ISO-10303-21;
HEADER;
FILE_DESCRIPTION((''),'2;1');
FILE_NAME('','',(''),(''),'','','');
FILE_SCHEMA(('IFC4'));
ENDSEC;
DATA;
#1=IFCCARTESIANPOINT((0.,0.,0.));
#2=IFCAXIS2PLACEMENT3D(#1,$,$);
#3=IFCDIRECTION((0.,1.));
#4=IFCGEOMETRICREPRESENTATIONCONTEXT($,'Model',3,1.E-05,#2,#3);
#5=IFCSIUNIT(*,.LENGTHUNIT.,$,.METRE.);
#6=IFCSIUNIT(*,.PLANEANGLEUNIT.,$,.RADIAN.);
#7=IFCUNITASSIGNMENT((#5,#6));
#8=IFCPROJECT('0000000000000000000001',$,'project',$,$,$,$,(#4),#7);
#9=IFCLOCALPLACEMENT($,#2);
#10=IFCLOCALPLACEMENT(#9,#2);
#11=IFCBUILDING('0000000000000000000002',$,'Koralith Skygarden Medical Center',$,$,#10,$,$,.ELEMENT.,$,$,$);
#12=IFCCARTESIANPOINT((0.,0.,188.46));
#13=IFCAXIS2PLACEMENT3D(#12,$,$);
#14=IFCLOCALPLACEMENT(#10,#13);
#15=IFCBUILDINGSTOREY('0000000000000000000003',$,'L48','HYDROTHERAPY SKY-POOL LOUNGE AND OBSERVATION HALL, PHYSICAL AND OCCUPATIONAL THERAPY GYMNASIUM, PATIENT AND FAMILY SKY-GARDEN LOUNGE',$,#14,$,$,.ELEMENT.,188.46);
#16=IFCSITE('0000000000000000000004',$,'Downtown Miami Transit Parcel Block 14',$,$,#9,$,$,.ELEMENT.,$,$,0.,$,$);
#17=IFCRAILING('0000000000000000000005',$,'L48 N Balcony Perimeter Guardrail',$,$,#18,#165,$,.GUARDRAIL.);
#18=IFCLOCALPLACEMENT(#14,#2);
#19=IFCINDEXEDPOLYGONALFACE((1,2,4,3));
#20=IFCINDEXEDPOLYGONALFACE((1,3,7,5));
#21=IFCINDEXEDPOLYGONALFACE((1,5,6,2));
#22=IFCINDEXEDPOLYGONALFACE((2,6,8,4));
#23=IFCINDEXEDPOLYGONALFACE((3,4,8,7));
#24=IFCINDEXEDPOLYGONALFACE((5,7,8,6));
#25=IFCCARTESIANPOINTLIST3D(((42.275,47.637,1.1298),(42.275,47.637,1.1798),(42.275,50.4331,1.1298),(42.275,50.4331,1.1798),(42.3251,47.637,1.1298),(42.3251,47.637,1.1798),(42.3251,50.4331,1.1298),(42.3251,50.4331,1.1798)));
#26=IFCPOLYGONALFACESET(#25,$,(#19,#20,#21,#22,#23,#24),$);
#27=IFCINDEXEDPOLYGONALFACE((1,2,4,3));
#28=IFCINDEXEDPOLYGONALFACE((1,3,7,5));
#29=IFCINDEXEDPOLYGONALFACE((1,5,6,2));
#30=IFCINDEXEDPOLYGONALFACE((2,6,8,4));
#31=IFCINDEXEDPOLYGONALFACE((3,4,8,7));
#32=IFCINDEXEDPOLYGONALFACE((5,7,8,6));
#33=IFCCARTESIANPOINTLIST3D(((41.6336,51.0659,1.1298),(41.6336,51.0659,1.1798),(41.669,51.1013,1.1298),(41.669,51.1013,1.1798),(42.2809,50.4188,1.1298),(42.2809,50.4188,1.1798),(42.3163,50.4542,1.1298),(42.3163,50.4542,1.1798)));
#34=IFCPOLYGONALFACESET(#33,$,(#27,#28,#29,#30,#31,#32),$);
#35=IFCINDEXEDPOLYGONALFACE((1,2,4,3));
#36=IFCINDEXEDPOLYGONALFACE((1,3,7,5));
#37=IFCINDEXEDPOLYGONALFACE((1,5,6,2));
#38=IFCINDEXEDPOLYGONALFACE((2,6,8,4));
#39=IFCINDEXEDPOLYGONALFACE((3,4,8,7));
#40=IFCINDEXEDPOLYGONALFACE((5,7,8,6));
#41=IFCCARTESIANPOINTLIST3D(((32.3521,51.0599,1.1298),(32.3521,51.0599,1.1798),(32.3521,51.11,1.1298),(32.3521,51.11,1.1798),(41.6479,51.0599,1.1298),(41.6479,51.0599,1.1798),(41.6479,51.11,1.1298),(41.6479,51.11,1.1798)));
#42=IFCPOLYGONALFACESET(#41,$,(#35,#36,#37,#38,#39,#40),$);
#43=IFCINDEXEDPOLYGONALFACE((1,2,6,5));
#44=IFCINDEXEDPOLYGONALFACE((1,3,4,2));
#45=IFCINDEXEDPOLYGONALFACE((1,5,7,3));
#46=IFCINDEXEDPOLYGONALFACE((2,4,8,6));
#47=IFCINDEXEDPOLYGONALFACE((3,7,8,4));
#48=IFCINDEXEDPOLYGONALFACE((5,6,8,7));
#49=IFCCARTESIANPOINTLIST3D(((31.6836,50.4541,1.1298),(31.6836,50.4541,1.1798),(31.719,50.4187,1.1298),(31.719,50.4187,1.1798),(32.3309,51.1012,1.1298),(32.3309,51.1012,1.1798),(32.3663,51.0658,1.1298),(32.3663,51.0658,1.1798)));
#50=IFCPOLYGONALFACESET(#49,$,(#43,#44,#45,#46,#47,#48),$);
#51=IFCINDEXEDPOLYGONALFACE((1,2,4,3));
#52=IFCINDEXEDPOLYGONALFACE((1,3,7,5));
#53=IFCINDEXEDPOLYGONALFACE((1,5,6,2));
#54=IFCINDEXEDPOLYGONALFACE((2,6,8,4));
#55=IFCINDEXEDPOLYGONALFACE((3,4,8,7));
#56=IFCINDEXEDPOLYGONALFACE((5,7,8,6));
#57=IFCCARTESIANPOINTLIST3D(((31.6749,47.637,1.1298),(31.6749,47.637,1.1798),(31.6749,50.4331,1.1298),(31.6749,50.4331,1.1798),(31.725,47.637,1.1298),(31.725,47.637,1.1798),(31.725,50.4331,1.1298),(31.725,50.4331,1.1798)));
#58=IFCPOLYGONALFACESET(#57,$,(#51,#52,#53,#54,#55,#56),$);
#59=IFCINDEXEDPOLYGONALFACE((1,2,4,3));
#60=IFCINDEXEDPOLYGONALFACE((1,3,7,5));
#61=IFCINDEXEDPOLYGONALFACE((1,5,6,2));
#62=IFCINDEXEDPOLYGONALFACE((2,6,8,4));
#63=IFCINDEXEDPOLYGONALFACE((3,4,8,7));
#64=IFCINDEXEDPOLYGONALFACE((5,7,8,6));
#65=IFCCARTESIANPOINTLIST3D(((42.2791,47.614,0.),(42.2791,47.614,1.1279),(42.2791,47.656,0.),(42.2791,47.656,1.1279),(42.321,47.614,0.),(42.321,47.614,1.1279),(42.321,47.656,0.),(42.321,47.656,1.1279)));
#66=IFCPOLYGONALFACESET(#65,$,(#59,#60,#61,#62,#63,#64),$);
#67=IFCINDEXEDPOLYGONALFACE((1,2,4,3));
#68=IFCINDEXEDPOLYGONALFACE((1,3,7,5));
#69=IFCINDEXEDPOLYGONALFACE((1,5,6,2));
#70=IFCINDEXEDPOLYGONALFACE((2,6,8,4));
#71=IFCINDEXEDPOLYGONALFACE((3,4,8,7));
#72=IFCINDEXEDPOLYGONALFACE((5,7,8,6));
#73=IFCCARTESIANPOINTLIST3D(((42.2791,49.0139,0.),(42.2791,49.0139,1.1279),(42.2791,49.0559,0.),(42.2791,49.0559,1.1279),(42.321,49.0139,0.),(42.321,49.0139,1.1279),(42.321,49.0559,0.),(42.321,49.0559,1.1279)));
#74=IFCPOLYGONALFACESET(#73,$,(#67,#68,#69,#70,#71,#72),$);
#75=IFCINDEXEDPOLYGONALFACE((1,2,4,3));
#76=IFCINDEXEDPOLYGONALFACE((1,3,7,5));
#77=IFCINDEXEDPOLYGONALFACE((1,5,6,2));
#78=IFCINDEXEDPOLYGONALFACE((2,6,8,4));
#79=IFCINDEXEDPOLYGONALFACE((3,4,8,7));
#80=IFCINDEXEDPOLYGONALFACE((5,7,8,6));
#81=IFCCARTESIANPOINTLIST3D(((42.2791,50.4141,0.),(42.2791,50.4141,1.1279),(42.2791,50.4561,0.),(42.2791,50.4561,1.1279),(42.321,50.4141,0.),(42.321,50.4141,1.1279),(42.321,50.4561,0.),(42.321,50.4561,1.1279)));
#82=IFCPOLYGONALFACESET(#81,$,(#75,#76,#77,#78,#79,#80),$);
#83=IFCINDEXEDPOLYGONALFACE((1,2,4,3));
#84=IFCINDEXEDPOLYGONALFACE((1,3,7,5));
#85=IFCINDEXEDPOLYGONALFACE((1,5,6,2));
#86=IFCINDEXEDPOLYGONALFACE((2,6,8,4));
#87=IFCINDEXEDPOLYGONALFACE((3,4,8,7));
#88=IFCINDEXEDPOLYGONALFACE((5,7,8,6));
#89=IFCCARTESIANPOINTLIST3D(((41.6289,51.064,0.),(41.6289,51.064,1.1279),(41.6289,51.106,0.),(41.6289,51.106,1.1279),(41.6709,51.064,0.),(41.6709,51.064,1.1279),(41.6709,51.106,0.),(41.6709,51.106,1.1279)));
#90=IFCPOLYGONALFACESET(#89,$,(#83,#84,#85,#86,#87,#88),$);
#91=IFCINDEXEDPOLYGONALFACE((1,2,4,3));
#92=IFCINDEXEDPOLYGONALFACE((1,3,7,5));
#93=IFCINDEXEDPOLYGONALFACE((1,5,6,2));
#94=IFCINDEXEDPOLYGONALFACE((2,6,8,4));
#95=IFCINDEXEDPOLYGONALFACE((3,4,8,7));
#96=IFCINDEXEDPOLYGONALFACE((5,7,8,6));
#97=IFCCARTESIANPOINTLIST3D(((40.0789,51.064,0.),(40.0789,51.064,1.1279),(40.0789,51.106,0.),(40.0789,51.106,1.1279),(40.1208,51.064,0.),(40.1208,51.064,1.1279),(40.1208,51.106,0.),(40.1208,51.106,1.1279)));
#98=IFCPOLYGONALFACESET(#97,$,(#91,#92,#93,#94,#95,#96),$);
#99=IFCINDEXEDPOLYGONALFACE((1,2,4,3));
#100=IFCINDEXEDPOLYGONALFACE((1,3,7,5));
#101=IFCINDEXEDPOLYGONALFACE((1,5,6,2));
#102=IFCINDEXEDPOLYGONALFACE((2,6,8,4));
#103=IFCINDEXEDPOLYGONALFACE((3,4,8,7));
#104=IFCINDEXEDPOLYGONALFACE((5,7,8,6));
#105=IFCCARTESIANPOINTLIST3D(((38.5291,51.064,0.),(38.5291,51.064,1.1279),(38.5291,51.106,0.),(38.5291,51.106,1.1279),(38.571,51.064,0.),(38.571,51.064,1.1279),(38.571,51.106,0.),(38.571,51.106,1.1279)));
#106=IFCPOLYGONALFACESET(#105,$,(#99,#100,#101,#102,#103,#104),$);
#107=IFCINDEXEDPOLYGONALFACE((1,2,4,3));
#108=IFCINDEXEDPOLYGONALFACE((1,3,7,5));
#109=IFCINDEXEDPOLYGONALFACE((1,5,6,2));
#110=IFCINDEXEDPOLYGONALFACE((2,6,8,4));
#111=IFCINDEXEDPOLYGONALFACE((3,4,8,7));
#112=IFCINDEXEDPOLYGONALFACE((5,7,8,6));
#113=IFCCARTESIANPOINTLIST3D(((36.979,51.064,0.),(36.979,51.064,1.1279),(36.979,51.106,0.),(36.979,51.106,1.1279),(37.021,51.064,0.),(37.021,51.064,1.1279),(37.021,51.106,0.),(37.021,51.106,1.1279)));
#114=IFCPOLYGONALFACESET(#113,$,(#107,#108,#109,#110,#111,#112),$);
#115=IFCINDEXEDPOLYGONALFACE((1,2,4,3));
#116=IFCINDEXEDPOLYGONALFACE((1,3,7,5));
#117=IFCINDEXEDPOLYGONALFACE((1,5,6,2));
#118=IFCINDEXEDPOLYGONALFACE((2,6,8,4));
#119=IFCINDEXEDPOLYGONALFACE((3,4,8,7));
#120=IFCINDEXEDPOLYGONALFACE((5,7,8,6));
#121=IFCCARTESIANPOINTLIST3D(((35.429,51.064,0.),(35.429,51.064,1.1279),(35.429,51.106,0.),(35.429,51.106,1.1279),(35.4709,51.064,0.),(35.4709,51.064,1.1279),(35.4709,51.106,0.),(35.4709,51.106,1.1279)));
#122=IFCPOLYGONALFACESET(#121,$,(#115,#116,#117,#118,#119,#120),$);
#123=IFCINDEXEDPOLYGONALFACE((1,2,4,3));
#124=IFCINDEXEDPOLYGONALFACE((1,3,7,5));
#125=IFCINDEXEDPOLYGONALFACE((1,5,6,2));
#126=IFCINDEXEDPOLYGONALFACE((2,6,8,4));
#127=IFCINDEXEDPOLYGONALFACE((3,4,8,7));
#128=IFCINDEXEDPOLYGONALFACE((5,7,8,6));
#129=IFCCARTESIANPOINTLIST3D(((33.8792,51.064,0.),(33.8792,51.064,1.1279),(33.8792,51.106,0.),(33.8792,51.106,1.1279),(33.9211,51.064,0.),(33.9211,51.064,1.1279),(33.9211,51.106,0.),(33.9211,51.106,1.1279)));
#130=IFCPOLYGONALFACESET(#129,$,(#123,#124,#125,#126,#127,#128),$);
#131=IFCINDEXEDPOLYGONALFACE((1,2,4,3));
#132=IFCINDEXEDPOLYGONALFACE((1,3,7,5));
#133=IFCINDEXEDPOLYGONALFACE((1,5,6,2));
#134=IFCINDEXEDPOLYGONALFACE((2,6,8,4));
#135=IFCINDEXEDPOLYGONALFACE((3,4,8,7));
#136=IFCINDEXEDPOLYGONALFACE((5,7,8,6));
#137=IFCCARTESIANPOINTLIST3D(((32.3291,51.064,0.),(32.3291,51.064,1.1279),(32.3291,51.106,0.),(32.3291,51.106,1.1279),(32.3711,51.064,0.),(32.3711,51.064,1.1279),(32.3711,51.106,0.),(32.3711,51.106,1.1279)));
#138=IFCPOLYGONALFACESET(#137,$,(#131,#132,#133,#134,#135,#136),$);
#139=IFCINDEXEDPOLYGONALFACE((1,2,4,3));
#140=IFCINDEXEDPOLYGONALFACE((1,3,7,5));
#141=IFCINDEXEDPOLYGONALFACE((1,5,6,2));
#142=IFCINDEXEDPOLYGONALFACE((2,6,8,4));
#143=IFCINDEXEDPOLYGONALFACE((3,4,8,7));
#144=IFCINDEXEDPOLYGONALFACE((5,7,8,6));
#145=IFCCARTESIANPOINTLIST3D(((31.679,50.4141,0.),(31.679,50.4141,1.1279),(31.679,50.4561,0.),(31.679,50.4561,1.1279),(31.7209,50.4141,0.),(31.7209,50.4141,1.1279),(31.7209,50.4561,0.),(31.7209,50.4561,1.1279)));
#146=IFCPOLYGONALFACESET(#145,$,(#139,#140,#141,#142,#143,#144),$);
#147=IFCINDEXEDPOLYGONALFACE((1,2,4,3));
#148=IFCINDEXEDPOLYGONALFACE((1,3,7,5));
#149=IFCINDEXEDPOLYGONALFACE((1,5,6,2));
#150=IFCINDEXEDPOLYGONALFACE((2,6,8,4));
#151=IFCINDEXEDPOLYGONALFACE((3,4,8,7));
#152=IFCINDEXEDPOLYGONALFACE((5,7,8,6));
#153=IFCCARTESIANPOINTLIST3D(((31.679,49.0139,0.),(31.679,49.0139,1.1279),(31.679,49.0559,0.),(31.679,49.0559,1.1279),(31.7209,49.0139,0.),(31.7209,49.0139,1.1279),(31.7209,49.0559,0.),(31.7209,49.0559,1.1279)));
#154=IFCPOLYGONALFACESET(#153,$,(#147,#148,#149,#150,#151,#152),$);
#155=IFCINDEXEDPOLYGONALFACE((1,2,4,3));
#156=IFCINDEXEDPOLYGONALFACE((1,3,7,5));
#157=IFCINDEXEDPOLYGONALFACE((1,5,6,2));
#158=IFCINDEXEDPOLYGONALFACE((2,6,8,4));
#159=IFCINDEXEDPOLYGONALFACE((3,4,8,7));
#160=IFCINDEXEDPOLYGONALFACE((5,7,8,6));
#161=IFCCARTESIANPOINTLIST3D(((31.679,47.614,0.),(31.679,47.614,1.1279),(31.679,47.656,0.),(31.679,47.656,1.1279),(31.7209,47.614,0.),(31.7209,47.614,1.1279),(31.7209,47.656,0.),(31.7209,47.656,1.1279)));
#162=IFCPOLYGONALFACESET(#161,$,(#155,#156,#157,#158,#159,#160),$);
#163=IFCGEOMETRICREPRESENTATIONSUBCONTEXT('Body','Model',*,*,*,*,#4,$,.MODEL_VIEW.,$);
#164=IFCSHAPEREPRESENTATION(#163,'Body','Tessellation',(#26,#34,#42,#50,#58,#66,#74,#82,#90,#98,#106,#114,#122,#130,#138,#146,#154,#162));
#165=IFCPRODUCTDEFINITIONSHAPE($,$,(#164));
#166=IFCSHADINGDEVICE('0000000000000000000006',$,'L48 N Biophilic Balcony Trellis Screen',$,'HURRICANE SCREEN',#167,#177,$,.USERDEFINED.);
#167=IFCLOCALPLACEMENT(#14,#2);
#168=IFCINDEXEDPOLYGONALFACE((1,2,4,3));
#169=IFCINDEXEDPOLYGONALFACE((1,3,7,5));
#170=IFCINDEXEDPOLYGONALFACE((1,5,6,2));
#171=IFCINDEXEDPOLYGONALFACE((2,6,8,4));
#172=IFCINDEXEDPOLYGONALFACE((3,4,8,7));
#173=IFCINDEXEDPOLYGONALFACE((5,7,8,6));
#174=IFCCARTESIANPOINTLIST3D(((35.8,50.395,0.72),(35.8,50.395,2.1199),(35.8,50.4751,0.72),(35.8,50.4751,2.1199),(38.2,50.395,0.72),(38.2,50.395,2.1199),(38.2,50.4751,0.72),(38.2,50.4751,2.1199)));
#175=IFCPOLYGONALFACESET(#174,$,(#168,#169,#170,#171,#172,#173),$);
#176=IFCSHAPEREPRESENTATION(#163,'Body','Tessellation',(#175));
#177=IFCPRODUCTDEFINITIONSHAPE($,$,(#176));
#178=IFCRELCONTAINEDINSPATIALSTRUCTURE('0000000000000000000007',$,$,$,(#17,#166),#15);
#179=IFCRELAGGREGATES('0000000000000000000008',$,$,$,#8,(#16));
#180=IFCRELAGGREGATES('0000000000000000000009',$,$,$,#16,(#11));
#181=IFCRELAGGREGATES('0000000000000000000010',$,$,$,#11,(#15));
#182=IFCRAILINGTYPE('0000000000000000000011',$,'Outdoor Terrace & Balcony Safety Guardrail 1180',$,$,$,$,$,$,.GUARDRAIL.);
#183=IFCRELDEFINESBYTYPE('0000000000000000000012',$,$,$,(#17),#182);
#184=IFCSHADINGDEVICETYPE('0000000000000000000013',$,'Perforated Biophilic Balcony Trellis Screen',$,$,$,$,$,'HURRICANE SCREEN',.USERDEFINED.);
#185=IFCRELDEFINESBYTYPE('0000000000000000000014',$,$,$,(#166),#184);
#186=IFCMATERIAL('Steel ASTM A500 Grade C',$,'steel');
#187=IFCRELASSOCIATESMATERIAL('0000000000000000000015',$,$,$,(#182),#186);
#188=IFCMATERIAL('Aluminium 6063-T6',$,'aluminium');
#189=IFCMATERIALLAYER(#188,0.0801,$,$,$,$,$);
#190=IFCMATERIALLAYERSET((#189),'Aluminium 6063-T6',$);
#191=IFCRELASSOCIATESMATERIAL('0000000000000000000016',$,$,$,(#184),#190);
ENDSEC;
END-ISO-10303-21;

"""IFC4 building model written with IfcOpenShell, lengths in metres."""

from ifc_helpers import new_model, si_unit, direction, frame, origin, origin_2d, place, context, subcontext, project, spatial, rectangle, extrude, material, layer, layer_set, type_object, element, save


model = new_model("IFC4")

# Units and contexts
model_context = context("Model", 3, precision=1e-05, world=origin(), true_north=direction((0.0, 1.0)))
body_context = subcontext(model_context, "Body", "Model", "MODEL_VIEW")
ifc_project = project(units=[si_unit("LENGTHUNIT", "METRE"), si_unit("PLANEANGLEUNIT", "RADIAN")], contexts=[model_context])

# Site, building, storey
site_placement = place(None, origin())
site = spatial("IfcSite", under=ifc_project, at=site_placement, Name="Downtown Miami Transit Parcel Block 14", CompositionType="ELEMENT", RefElevation=0.0)
building_placement = place(site_placement, origin())
building = spatial("IfcBuilding", under=site, at=building_placement, Name="Koralith Skygarden Medical Center", CompositionType="ELEMENT")
storey_placement = place(building_placement, frame((0.0, 0.0, 188.46)))
storey = spatial("IfcBuildingStorey", under=building, at=storey_placement, Name="L48", Description="HYDROTHERAPY SKY-POOL LOUNGE AND OBSERVATION HALL, PHYSICAL AND OCCUPATIONAL THERAPY GYMNASIUM, PATIENT AND FAMILY SKY-GARDEN LOUNGE", CompositionType="ELEMENT", Elevation=188.46)

# Shared definitions
ifc_material_1 = material(Name="Aluminium 6063-T6", Category="aluminium")

# Shared definitions
ifc_material_2 = material(Name="Steel ASTM A500 Grade C", Category="steel")

# Railing
railing_type = type_object("IfcRailingType", Name="Outdoor Terrace & Balcony Safety Guardrail 1180", PredefinedType="GUARDRAIL", material=ifc_material_2)
railing_placement = place(storey_placement, frame((42.3, 47.635, 0.0)))
element("IfcRailing", 1, at=railing_placement, inside=storey, type_object=railing_type, Name="L48 N Balcony Perimeter Guardrail", PredefinedType="GUARDRAIL", context=body_context, shape_type="SweptSolid", body=[
    extrude(rectangle(XDim=0.05, YDim=0.05, at=origin_2d()), frame((0.0, 0.002, 1.1548), z_axis=(0.0, 1.0, 0.0), x_axis=(-1.0, 0.0, 0.0)), (0.0, 0.0, 1.0), 2.7961),
    extrude(rectangle(XDim=0.05, YDim=0.05, at=origin_2d()), frame((-0.0015, 2.8015, 1.1548), z_axis=(-0.70724, 0.706974, 0.0), x_axis=(-0.706974, -0.70724, 0.0)), (0.0, 0.0, 1.0), 0.9153),
    extrude(rectangle(XDim=0.05, YDim=0.05, at=origin_2d()), frame((-0.6521, 3.45, 1.1548), z_axis=(-1.0, 0.0, 0.0), x_axis=(0.0, -1.0, 0.0)), (0.0, 0.0, 1.0), 9.2959),
    extrude(rectangle(XDim=0.05, YDim=0.05, at=origin_2d()), frame((-9.9514, 3.4485, 1.1548), z_axis=(-0.70724, -0.706974, 0.0), x_axis=(0.706974, -0.70724, 0.0)), (0.0, 0.0, 1.0), 0.9153),
    extrude(rectangle(XDim=0.05, YDim=0.05, at=origin_2d()), frame((-10.6001, 2.7981, 1.1548), z_axis=(0.0, -1.0, 0.0), x_axis=(1.0, 0.0, 0.0)), (0.0, 0.0, 1.0), 2.7961),
    extrude(rectangle(XDim=0.042, YDim=0.042, at=origin_2d()), origin(), (0.0, 0.0, 1.0), 1.1279),
    extrude(rectangle(XDim=0.042, YDim=0.042, at=origin_2d()), frame((0.0, 1.3999, 0.0)), (0.0, 0.0, 1.0), 1.1279),
    extrude(rectangle(XDim=0.042, YDim=0.042, at=origin_2d()), frame((0.0, 2.8, 0.0)), (0.0, 0.0, 1.0), 1.1279),
    extrude(rectangle(XDim=0.042, YDim=0.042, at=origin_2d()), frame((-0.6501, 3.45, 0.0)), (0.0, 0.0, 1.0), 1.1279),
    extrude(rectangle(XDim=0.042, YDim=0.042, at=origin_2d()), frame((-2.2002, 3.45, 0.0)), (0.0, 0.0, 1.0), 1.1279),
    extrude(rectangle(XDim=0.042, YDim=0.042, at=origin_2d()), frame((-3.75, 3.45, 0.0)), (0.0, 0.0, 1.0), 1.1279),
    extrude(rectangle(XDim=0.042, YDim=0.042, at=origin_2d()), frame((-5.3, 3.45, 0.0)), (0.0, 0.0, 1.0), 1.1279),
    extrude(rectangle(XDim=0.042, YDim=0.042, at=origin_2d()), frame((-6.8501, 3.45, 0.0)), (0.0, 0.0, 1.0), 1.1279),
    extrude(rectangle(XDim=0.042, YDim=0.042, at=origin_2d()), frame((-8.3999, 3.45, 0.0)), (0.0, 0.0, 1.0), 1.1279),
    extrude(rectangle(XDim=0.042, YDim=0.042, at=origin_2d()), frame((-9.95, 3.45, 0.0)), (0.0, 0.0, 1.0), 1.1279),
    extrude(rectangle(XDim=0.042, YDim=0.042, at=origin_2d()), frame((-10.6001, 2.8, 0.0)), (0.0, 0.0, 1.0), 1.1279),
    extrude(rectangle(XDim=0.042, YDim=0.042, at=origin_2d()), frame((-10.6001, 1.3999, 0.0)), (0.0, 0.0, 1.0), 1.1279),
    extrude(rectangle(XDim=0.042, YDim=0.042, at=origin_2d()), frame((-10.6001, 0.0, 0.0)), (0.0, 0.0, 1.0), 1.1279),
])

# Shading device
ifc_layer_1 = layer(ifc_material_1, 0.0801)
ifc_layer_set_1 = layer_set([ifc_layer_1], Name="Aluminium 6063-T6")
shading_device_type = type_object("IfcShadingDeviceType", Name="Perforated Biophilic Balcony Trellis Screen", ElementType="HURRICANE SCREEN", PredefinedType="USERDEFINED", material=ifc_layer_set_1)
shading_device_placement = place(storey_placement, frame((37.0, 50.4351, 0.72), z_axis=(0.0, 0.0, 1.0), x_axis=(1.0, 0.0, 0.0)))
element("IfcShadingDevice", 2, at=shading_device_placement, inside=storey, type_object=shading_device_type, Name="L48 N Biophilic Balcony Trellis Screen", ObjectType="HURRICANE SCREEN", PredefinedType="USERDEFINED", context=body_context, shape_type="SweptSolid", body=[
    extrude(rectangle(XDim=2.3999, YDim=0.0801, at=origin_2d()), origin(), (0.0, 0.0, 1.0), 1.3999),
])

save(model, "model.ifc")
